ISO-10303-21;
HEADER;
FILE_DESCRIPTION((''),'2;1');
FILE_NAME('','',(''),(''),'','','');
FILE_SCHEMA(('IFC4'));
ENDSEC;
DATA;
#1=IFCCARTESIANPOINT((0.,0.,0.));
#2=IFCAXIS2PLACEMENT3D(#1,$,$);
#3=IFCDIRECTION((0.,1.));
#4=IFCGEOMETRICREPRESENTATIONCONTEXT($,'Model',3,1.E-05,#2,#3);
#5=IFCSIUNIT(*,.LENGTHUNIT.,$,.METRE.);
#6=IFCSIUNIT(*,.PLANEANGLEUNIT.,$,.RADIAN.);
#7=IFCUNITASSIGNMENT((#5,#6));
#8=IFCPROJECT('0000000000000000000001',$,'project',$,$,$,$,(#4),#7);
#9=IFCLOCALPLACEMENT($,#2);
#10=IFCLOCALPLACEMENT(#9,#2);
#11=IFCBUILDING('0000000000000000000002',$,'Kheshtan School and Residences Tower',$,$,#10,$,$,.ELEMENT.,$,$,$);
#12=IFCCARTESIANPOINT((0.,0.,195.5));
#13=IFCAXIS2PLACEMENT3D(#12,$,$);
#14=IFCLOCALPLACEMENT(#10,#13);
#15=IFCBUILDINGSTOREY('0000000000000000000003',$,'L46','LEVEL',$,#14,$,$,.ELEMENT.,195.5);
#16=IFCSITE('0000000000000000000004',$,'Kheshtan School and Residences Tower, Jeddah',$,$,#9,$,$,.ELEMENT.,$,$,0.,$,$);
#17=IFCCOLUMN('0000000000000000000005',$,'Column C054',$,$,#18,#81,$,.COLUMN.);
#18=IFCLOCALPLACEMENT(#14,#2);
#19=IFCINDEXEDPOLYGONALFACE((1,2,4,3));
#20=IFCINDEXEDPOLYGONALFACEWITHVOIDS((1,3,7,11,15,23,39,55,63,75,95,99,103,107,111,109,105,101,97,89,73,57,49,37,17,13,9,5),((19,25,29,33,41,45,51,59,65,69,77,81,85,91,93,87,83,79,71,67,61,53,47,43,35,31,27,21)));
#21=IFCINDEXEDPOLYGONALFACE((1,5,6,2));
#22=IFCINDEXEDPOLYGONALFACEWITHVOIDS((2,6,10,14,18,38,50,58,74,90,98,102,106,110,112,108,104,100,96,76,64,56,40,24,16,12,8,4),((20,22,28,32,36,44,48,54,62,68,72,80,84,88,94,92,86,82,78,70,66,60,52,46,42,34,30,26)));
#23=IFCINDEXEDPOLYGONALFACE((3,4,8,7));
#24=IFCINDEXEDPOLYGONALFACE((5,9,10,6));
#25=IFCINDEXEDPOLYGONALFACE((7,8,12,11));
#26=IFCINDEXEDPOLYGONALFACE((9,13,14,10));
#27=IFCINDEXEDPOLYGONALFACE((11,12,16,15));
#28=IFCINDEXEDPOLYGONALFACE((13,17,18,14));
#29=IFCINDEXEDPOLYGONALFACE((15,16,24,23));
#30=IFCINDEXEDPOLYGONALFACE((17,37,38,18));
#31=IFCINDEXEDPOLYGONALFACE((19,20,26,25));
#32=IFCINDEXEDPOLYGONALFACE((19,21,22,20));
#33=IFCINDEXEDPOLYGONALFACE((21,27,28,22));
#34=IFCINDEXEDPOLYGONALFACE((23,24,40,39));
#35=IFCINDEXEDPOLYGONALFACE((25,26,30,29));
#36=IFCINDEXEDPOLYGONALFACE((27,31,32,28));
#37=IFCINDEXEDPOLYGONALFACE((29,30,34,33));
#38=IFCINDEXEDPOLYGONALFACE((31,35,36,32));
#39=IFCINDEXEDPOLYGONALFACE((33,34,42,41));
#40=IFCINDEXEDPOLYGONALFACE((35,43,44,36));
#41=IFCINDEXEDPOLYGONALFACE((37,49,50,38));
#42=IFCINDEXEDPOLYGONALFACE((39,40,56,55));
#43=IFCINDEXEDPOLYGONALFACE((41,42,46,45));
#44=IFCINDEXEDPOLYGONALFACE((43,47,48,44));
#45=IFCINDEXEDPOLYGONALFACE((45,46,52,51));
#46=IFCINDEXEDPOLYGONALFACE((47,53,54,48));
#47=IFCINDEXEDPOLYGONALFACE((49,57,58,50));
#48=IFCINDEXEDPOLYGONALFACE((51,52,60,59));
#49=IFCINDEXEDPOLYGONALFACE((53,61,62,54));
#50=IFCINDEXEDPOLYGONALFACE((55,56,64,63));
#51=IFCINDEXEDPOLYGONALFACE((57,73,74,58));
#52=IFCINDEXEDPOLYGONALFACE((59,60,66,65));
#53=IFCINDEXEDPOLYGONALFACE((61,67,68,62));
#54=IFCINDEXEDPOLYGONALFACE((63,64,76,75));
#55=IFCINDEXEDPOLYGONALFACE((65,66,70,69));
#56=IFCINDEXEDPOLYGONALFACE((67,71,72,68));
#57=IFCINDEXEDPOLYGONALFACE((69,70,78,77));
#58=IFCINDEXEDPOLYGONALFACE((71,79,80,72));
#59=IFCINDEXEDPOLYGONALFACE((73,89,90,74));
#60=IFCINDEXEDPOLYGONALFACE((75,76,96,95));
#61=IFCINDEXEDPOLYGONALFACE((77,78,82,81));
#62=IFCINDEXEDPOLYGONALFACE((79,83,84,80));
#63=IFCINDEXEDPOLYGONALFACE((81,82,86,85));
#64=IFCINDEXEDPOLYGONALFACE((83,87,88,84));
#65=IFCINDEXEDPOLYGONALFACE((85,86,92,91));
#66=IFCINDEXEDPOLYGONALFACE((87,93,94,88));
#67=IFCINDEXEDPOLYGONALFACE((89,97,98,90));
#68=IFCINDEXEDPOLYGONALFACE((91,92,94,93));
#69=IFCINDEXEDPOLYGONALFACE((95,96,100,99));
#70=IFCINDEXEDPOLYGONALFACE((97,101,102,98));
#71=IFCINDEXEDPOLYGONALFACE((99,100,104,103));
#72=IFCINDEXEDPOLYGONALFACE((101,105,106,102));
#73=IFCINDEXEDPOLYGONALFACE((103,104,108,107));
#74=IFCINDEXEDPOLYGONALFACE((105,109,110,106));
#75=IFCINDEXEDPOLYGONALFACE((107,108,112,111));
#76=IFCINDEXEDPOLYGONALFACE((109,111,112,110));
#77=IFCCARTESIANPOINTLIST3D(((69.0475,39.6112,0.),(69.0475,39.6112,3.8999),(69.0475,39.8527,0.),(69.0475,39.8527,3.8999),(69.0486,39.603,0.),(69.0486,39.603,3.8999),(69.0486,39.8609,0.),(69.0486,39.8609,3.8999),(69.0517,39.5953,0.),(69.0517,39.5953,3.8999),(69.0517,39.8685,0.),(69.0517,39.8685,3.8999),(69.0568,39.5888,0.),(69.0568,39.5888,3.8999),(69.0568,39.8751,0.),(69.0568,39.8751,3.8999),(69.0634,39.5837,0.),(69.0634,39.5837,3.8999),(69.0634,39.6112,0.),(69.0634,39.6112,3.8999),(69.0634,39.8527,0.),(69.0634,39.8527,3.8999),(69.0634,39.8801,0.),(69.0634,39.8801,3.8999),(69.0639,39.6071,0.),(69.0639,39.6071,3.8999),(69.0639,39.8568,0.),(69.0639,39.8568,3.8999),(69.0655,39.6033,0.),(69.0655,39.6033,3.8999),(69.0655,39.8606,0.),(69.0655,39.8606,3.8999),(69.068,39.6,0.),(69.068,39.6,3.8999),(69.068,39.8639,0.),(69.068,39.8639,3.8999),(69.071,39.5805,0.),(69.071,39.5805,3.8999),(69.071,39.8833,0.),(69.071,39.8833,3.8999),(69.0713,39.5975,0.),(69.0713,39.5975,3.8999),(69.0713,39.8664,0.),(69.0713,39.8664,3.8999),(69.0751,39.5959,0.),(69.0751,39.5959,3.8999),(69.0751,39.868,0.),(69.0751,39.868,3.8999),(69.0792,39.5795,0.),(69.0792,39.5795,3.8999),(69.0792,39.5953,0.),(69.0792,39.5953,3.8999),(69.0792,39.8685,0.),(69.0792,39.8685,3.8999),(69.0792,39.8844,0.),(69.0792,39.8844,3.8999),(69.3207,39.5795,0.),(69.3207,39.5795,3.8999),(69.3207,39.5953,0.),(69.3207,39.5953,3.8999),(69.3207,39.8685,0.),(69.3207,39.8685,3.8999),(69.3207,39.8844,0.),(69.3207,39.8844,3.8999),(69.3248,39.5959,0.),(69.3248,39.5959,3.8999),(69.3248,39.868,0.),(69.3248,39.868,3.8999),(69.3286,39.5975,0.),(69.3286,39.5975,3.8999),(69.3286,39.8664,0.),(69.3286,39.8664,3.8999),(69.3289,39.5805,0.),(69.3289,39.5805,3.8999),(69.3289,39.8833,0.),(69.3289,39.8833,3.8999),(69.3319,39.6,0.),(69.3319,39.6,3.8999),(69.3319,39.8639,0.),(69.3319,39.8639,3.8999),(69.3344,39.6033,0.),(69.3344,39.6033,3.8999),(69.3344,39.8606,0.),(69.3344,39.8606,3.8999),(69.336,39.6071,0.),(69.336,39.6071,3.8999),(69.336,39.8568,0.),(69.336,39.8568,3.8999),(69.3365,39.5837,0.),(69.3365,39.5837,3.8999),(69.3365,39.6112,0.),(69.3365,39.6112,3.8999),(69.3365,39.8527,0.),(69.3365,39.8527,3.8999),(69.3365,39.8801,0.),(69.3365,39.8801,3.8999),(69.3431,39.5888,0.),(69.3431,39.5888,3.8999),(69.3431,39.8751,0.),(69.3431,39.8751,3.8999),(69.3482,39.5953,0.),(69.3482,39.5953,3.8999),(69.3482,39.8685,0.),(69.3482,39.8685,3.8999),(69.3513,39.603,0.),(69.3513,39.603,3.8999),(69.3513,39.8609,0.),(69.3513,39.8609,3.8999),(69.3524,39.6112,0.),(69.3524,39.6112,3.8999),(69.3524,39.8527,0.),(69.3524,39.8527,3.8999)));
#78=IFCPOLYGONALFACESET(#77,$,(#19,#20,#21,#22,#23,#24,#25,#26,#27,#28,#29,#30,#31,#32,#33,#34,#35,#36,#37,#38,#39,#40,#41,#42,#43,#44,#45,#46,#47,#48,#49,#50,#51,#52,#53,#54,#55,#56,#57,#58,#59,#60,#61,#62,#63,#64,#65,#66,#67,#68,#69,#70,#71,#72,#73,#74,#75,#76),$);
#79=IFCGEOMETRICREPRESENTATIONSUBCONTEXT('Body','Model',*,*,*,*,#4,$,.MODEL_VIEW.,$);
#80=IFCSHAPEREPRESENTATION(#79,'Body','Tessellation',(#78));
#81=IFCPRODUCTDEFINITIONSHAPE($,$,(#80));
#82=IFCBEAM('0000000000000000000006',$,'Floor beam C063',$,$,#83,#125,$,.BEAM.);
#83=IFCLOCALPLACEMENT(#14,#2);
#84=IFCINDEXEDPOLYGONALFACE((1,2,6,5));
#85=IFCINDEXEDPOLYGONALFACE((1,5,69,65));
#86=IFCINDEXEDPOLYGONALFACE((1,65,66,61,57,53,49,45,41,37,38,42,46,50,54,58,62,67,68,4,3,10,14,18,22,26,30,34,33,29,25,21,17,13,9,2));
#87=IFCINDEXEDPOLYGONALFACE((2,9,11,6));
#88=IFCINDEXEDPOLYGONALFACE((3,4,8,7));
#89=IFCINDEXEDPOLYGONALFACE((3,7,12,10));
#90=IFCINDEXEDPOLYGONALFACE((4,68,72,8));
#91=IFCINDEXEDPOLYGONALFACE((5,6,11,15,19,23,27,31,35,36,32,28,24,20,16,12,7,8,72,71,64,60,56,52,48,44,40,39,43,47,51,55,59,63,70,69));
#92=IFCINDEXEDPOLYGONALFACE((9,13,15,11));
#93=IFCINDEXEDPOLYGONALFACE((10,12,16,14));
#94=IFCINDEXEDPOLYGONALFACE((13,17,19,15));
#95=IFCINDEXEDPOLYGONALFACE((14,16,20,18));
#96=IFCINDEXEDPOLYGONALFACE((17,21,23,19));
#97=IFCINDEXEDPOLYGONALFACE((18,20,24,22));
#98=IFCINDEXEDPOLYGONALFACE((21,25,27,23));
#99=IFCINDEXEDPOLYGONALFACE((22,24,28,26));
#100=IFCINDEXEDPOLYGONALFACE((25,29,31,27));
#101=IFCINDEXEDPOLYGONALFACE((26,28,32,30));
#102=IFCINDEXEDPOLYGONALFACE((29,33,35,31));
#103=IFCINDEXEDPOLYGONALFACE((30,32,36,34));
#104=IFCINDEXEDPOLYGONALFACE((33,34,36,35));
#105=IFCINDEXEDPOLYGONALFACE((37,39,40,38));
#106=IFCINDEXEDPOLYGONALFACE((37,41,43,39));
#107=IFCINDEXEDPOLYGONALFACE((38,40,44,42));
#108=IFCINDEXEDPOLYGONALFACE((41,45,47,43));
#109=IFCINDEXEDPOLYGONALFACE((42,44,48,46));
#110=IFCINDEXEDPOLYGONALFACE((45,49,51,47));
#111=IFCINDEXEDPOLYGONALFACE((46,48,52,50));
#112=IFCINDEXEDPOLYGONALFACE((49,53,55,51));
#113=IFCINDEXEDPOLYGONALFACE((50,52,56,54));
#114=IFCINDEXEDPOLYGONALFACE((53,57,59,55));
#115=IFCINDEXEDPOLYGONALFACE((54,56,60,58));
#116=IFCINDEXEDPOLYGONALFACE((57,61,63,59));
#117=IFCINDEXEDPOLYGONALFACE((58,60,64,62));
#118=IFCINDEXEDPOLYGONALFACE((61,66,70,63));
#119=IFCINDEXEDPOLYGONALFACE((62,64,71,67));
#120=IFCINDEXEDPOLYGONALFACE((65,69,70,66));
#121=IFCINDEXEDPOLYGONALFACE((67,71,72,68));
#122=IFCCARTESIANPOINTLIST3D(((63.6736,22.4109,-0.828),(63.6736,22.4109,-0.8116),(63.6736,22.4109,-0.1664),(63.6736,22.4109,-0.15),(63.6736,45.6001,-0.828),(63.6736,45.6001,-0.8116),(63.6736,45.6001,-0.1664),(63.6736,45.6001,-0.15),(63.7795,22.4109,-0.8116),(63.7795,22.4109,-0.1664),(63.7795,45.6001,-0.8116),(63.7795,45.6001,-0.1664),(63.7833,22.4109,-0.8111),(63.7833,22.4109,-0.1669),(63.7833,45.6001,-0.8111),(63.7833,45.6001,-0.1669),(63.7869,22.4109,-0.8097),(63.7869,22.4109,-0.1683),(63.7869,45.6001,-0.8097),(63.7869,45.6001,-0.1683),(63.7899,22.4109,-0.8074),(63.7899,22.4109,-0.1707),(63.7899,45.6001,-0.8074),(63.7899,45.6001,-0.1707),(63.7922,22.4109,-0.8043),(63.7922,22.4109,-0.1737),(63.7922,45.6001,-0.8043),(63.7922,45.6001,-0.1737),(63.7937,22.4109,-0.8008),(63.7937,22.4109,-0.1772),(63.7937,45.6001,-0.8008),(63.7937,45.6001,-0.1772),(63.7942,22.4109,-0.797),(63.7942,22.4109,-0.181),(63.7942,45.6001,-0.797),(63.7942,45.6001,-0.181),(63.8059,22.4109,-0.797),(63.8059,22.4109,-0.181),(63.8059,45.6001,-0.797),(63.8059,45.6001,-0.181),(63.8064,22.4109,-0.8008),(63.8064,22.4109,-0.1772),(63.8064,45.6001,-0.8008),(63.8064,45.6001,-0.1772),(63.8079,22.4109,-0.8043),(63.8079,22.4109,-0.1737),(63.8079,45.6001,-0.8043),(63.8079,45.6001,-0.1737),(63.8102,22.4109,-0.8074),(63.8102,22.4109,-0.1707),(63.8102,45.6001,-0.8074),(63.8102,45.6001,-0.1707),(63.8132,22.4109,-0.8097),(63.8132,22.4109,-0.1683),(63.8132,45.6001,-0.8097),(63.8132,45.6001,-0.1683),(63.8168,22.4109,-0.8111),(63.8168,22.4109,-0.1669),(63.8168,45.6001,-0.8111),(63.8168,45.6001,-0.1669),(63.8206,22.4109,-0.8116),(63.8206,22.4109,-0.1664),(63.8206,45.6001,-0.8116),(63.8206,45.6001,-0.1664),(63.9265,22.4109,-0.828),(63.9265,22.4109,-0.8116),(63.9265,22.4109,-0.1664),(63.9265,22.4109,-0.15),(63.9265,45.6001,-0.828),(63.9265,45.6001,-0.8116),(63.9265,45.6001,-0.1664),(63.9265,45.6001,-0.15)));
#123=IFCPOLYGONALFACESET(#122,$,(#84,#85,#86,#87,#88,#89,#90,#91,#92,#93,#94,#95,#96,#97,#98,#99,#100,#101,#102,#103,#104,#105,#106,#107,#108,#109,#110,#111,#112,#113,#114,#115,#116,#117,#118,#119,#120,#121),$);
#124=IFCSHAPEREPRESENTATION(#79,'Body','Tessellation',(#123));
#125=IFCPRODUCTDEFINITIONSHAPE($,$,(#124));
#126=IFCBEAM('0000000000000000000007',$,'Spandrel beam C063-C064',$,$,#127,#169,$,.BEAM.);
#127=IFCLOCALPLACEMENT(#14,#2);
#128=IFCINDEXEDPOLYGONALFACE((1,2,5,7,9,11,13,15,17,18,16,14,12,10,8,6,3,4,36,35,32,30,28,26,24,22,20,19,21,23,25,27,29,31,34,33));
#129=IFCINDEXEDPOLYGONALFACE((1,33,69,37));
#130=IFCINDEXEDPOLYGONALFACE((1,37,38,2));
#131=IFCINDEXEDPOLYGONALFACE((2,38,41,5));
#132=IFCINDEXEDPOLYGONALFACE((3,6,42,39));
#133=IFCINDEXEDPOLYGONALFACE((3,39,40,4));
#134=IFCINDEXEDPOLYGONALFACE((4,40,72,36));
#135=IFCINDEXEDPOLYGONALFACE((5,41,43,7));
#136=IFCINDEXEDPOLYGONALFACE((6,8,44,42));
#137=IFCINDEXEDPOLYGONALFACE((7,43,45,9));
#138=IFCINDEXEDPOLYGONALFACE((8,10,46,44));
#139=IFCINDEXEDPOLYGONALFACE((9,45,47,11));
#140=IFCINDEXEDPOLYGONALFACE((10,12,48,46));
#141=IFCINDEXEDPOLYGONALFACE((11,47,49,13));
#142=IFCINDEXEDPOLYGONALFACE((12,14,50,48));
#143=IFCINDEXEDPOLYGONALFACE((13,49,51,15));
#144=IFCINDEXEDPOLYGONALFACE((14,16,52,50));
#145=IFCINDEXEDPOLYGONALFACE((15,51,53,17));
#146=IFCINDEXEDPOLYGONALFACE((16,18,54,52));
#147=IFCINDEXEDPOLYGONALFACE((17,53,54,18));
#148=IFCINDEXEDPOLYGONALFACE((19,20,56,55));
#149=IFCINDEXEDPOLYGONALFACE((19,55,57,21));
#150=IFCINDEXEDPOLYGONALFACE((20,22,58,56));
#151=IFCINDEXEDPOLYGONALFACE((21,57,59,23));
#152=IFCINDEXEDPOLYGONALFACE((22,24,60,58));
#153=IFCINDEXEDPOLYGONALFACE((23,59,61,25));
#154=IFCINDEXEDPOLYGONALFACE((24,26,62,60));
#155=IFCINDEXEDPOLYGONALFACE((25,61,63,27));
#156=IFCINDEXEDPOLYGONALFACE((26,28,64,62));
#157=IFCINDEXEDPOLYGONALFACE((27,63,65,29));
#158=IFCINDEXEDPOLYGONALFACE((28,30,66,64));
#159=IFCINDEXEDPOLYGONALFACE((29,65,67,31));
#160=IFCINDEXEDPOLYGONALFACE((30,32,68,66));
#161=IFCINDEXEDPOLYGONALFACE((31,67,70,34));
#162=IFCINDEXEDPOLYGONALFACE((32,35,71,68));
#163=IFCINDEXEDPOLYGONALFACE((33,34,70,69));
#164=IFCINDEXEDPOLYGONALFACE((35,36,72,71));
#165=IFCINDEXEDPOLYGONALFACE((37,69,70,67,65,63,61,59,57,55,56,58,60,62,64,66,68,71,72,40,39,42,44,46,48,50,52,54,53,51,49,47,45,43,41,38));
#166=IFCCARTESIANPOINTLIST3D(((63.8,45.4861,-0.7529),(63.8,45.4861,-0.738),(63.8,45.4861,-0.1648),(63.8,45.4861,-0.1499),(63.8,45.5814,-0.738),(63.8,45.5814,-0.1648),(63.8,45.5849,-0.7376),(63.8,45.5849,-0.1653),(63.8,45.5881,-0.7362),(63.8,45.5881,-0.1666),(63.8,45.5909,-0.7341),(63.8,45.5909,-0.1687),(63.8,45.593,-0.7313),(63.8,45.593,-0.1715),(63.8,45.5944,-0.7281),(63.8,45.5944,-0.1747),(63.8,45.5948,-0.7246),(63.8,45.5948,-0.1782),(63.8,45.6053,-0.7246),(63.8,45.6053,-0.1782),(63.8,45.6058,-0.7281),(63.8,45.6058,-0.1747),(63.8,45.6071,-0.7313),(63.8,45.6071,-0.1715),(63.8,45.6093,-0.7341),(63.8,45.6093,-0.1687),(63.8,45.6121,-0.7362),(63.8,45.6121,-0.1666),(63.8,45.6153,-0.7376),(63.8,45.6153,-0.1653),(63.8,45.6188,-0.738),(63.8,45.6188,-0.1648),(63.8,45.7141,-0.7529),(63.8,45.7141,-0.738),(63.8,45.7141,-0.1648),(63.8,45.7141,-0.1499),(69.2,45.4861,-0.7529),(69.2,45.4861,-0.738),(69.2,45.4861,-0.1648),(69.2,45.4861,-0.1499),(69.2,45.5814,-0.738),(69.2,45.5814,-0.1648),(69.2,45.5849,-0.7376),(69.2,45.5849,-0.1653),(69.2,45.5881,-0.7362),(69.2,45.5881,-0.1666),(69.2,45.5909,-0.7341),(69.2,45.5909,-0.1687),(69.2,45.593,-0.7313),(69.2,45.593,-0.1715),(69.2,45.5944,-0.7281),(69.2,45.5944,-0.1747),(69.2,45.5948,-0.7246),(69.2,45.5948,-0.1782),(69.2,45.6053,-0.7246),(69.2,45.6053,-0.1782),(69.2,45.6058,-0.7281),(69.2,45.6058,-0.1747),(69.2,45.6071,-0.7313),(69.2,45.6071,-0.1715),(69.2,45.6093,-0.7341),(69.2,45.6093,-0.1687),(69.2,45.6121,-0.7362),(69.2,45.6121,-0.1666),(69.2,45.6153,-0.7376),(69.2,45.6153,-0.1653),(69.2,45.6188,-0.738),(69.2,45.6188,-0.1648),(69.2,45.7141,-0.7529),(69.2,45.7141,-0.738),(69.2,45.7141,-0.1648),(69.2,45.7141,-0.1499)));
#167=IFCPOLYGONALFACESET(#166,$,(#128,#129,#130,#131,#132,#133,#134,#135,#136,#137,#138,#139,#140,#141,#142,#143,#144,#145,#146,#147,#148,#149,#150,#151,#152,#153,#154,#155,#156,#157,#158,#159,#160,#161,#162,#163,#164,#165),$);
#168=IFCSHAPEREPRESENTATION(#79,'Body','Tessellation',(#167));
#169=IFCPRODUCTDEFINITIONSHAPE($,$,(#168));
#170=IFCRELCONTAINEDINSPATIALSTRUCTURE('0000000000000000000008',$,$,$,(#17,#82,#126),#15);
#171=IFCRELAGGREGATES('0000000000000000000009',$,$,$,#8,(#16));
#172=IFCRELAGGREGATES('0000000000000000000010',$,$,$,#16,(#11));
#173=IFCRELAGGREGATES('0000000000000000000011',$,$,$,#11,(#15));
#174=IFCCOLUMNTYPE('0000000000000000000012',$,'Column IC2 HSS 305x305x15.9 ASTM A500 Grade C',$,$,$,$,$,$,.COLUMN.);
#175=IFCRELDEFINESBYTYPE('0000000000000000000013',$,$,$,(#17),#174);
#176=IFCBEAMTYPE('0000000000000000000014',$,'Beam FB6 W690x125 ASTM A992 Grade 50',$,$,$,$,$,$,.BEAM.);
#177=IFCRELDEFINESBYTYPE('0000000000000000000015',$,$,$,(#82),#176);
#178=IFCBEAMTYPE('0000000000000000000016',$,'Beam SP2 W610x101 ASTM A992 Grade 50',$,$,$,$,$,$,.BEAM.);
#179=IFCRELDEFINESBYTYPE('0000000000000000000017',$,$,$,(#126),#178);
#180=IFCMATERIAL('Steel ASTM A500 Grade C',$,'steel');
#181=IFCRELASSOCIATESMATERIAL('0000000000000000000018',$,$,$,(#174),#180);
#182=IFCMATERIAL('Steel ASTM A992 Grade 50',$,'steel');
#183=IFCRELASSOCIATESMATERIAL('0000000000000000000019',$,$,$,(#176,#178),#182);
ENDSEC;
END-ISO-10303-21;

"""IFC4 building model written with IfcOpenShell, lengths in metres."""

from ifc_helpers import new_model, si_unit, direction, frame, origin, origin_2d, place, context, subcontext, project, spatial, hollow_rectangle, i_section, extrude, material, material_profile, profile_set, type_object, element, save


model = new_model("IFC4")

# Units and contexts
model_context = context("Model", 3, precision=1e-05, world=origin(), true_north=direction((0.0, 1.0)))
body_context = subcontext(model_context, "Body", "Model", "MODEL_VIEW")
ifc_project = project(units=[si_unit("LENGTHUNIT", "METRE"), si_unit("PLANEANGLEUNIT", "RADIAN")], contexts=[model_context])

# Site, building, storey
site_placement = place(None, origin())
site = spatial("IfcSite", under=ifc_project, at=site_placement, Name="Kheshtan School and Residences Tower, Jeddah", CompositionType="ELEMENT", RefElevation=0.0)
building_placement = place(site_placement, origin())
building = spatial("IfcBuilding", under=site, at=building_placement, Name="Kheshtan School and Residences Tower", CompositionType="ELEMENT")
storey_placement = place(building_placement, frame((0.0, 0.0, 195.5)))
storey = spatial("IfcBuildingStorey", under=building, at=storey_placement, Name="L46", Description="LEVEL", CompositionType="ELEMENT", Elevation=195.5)

# Column
ifc_material_1 = material(Name="Steel ASTM A992 Grade 50", Category="steel")
ifc_material_2 = material(Name="Steel ASTM A500 Grade C", Category="steel")
ifc_material_profile_1 = material_profile(ifc_material_2, hollow_rectangle(XDim=0.3049, YDim=0.3049, WallThickness=0.0159, InnerFilletRadius=0.0159, OuterFilletRadius=0.0317, at=origin_2d()), Name="HSS 305x305x15.9")
ifc_profile_set_1 = profile_set([ifc_material_profile_1], Name="Steel ASTM A500 Grade C")
column_type_1 = type_object("IfcColumnType", Name="Column IC2 HSS 305x305x15.9 ASTM A500 Grade C", PredefinedType="COLUMN", material=ifc_profile_set_1)
column_placement = place(storey_placement, frame((69.2, 39.7319, 0.0), z_axis=(0.0, 0.0, 1.0), x_axis=(1.0, 0.0, 0.0)))
element("IfcColumn", 1, at=column_placement, inside=storey, type_object=column_type_1, Name="Column C054", PredefinedType="COLUMN", context=body_context, shape_type="SweptSolid", body=[
    extrude(hollow_rectangle(XDim=0.3049, YDim=0.3049, WallThickness=0.0159, InnerFilletRadius=0.0159, OuterFilletRadius=0.0317, at=origin_2d()), origin(), (0.0, 0.0, 1.0), 3.8999),
])

# Beams
ifc_material_profile_2 = material_profile(ifc_material_1, i_section(OverallWidth=0.2529, OverallDepth=0.678, WebThickness=0.0117, FlangeThickness=0.0164, FilletRadius=0.0146, at=origin_2d()), Name="W690x125")
ifc_profile_set_2 = profile_set([ifc_material_profile_2], Name="Steel ASTM A992 Grade 50")
beam_type_1 = type_object("IfcBeamType", Name="Beam FB6 W690x125 ASTM A992 Grade 50", PredefinedType="BEAM", material=ifc_profile_set_2)
beam_1_placement = place(storey_placement, frame((63.8, 45.6001, -0.489), z_axis=(0.0, -1.0, 0.0), x_axis=(1.0, 0.0, 0.0)))
element("IfcBeam", 2, at=beam_1_placement, inside=storey, type_object=beam_type_1, Name="Floor beam C063", PredefinedType="BEAM", context=body_context, shape_type="SweptSolid", body=[
    extrude(i_section(OverallWidth=0.2529, OverallDepth=0.678, WebThickness=0.0117, FlangeThickness=0.0164, FilletRadius=0.0146, at=origin_2d()), origin(), (0.0, 0.0, 1.0), 23.1892),
])
ifc_material_profile_3 = material_profile(ifc_material_1, i_section(OverallWidth=0.228, OverallDepth=0.603, WebThickness=0.0105, FlangeThickness=0.0149, FilletRadius=0.0134, at=origin_2d()), Name="W610x101")
ifc_profile_set_3 = profile_set([ifc_material_profile_3], Name="Steel ASTM A992 Grade 50")
beam_type_2 = type_object("IfcBeamType", Name="Beam SP2 W610x101 ASTM A992 Grade 50", PredefinedType="BEAM", material=ifc_profile_set_3)
beam_2_placement = place(storey_placement, frame((63.8, 45.6001, -0.4514), z_axis=(1.0, 0.0, 0.0), x_axis=(0.0, 1.0, 0.0)))
element("IfcBeam", 3, at=beam_2_placement, inside=storey, type_object=beam_type_2, Name="Spandrel beam C063-C064", PredefinedType="BEAM", context=body_context, shape_type="SweptSolid", body=[
    extrude(i_section(OverallWidth=0.228, OverallDepth=0.603, WebThickness=0.0105, FlangeThickness=0.0149, FilletRadius=0.0134, at=origin_2d()), origin(), (0.0, 0.0, 1.0), 5.3999),
])

save(model, "model.ifc")
